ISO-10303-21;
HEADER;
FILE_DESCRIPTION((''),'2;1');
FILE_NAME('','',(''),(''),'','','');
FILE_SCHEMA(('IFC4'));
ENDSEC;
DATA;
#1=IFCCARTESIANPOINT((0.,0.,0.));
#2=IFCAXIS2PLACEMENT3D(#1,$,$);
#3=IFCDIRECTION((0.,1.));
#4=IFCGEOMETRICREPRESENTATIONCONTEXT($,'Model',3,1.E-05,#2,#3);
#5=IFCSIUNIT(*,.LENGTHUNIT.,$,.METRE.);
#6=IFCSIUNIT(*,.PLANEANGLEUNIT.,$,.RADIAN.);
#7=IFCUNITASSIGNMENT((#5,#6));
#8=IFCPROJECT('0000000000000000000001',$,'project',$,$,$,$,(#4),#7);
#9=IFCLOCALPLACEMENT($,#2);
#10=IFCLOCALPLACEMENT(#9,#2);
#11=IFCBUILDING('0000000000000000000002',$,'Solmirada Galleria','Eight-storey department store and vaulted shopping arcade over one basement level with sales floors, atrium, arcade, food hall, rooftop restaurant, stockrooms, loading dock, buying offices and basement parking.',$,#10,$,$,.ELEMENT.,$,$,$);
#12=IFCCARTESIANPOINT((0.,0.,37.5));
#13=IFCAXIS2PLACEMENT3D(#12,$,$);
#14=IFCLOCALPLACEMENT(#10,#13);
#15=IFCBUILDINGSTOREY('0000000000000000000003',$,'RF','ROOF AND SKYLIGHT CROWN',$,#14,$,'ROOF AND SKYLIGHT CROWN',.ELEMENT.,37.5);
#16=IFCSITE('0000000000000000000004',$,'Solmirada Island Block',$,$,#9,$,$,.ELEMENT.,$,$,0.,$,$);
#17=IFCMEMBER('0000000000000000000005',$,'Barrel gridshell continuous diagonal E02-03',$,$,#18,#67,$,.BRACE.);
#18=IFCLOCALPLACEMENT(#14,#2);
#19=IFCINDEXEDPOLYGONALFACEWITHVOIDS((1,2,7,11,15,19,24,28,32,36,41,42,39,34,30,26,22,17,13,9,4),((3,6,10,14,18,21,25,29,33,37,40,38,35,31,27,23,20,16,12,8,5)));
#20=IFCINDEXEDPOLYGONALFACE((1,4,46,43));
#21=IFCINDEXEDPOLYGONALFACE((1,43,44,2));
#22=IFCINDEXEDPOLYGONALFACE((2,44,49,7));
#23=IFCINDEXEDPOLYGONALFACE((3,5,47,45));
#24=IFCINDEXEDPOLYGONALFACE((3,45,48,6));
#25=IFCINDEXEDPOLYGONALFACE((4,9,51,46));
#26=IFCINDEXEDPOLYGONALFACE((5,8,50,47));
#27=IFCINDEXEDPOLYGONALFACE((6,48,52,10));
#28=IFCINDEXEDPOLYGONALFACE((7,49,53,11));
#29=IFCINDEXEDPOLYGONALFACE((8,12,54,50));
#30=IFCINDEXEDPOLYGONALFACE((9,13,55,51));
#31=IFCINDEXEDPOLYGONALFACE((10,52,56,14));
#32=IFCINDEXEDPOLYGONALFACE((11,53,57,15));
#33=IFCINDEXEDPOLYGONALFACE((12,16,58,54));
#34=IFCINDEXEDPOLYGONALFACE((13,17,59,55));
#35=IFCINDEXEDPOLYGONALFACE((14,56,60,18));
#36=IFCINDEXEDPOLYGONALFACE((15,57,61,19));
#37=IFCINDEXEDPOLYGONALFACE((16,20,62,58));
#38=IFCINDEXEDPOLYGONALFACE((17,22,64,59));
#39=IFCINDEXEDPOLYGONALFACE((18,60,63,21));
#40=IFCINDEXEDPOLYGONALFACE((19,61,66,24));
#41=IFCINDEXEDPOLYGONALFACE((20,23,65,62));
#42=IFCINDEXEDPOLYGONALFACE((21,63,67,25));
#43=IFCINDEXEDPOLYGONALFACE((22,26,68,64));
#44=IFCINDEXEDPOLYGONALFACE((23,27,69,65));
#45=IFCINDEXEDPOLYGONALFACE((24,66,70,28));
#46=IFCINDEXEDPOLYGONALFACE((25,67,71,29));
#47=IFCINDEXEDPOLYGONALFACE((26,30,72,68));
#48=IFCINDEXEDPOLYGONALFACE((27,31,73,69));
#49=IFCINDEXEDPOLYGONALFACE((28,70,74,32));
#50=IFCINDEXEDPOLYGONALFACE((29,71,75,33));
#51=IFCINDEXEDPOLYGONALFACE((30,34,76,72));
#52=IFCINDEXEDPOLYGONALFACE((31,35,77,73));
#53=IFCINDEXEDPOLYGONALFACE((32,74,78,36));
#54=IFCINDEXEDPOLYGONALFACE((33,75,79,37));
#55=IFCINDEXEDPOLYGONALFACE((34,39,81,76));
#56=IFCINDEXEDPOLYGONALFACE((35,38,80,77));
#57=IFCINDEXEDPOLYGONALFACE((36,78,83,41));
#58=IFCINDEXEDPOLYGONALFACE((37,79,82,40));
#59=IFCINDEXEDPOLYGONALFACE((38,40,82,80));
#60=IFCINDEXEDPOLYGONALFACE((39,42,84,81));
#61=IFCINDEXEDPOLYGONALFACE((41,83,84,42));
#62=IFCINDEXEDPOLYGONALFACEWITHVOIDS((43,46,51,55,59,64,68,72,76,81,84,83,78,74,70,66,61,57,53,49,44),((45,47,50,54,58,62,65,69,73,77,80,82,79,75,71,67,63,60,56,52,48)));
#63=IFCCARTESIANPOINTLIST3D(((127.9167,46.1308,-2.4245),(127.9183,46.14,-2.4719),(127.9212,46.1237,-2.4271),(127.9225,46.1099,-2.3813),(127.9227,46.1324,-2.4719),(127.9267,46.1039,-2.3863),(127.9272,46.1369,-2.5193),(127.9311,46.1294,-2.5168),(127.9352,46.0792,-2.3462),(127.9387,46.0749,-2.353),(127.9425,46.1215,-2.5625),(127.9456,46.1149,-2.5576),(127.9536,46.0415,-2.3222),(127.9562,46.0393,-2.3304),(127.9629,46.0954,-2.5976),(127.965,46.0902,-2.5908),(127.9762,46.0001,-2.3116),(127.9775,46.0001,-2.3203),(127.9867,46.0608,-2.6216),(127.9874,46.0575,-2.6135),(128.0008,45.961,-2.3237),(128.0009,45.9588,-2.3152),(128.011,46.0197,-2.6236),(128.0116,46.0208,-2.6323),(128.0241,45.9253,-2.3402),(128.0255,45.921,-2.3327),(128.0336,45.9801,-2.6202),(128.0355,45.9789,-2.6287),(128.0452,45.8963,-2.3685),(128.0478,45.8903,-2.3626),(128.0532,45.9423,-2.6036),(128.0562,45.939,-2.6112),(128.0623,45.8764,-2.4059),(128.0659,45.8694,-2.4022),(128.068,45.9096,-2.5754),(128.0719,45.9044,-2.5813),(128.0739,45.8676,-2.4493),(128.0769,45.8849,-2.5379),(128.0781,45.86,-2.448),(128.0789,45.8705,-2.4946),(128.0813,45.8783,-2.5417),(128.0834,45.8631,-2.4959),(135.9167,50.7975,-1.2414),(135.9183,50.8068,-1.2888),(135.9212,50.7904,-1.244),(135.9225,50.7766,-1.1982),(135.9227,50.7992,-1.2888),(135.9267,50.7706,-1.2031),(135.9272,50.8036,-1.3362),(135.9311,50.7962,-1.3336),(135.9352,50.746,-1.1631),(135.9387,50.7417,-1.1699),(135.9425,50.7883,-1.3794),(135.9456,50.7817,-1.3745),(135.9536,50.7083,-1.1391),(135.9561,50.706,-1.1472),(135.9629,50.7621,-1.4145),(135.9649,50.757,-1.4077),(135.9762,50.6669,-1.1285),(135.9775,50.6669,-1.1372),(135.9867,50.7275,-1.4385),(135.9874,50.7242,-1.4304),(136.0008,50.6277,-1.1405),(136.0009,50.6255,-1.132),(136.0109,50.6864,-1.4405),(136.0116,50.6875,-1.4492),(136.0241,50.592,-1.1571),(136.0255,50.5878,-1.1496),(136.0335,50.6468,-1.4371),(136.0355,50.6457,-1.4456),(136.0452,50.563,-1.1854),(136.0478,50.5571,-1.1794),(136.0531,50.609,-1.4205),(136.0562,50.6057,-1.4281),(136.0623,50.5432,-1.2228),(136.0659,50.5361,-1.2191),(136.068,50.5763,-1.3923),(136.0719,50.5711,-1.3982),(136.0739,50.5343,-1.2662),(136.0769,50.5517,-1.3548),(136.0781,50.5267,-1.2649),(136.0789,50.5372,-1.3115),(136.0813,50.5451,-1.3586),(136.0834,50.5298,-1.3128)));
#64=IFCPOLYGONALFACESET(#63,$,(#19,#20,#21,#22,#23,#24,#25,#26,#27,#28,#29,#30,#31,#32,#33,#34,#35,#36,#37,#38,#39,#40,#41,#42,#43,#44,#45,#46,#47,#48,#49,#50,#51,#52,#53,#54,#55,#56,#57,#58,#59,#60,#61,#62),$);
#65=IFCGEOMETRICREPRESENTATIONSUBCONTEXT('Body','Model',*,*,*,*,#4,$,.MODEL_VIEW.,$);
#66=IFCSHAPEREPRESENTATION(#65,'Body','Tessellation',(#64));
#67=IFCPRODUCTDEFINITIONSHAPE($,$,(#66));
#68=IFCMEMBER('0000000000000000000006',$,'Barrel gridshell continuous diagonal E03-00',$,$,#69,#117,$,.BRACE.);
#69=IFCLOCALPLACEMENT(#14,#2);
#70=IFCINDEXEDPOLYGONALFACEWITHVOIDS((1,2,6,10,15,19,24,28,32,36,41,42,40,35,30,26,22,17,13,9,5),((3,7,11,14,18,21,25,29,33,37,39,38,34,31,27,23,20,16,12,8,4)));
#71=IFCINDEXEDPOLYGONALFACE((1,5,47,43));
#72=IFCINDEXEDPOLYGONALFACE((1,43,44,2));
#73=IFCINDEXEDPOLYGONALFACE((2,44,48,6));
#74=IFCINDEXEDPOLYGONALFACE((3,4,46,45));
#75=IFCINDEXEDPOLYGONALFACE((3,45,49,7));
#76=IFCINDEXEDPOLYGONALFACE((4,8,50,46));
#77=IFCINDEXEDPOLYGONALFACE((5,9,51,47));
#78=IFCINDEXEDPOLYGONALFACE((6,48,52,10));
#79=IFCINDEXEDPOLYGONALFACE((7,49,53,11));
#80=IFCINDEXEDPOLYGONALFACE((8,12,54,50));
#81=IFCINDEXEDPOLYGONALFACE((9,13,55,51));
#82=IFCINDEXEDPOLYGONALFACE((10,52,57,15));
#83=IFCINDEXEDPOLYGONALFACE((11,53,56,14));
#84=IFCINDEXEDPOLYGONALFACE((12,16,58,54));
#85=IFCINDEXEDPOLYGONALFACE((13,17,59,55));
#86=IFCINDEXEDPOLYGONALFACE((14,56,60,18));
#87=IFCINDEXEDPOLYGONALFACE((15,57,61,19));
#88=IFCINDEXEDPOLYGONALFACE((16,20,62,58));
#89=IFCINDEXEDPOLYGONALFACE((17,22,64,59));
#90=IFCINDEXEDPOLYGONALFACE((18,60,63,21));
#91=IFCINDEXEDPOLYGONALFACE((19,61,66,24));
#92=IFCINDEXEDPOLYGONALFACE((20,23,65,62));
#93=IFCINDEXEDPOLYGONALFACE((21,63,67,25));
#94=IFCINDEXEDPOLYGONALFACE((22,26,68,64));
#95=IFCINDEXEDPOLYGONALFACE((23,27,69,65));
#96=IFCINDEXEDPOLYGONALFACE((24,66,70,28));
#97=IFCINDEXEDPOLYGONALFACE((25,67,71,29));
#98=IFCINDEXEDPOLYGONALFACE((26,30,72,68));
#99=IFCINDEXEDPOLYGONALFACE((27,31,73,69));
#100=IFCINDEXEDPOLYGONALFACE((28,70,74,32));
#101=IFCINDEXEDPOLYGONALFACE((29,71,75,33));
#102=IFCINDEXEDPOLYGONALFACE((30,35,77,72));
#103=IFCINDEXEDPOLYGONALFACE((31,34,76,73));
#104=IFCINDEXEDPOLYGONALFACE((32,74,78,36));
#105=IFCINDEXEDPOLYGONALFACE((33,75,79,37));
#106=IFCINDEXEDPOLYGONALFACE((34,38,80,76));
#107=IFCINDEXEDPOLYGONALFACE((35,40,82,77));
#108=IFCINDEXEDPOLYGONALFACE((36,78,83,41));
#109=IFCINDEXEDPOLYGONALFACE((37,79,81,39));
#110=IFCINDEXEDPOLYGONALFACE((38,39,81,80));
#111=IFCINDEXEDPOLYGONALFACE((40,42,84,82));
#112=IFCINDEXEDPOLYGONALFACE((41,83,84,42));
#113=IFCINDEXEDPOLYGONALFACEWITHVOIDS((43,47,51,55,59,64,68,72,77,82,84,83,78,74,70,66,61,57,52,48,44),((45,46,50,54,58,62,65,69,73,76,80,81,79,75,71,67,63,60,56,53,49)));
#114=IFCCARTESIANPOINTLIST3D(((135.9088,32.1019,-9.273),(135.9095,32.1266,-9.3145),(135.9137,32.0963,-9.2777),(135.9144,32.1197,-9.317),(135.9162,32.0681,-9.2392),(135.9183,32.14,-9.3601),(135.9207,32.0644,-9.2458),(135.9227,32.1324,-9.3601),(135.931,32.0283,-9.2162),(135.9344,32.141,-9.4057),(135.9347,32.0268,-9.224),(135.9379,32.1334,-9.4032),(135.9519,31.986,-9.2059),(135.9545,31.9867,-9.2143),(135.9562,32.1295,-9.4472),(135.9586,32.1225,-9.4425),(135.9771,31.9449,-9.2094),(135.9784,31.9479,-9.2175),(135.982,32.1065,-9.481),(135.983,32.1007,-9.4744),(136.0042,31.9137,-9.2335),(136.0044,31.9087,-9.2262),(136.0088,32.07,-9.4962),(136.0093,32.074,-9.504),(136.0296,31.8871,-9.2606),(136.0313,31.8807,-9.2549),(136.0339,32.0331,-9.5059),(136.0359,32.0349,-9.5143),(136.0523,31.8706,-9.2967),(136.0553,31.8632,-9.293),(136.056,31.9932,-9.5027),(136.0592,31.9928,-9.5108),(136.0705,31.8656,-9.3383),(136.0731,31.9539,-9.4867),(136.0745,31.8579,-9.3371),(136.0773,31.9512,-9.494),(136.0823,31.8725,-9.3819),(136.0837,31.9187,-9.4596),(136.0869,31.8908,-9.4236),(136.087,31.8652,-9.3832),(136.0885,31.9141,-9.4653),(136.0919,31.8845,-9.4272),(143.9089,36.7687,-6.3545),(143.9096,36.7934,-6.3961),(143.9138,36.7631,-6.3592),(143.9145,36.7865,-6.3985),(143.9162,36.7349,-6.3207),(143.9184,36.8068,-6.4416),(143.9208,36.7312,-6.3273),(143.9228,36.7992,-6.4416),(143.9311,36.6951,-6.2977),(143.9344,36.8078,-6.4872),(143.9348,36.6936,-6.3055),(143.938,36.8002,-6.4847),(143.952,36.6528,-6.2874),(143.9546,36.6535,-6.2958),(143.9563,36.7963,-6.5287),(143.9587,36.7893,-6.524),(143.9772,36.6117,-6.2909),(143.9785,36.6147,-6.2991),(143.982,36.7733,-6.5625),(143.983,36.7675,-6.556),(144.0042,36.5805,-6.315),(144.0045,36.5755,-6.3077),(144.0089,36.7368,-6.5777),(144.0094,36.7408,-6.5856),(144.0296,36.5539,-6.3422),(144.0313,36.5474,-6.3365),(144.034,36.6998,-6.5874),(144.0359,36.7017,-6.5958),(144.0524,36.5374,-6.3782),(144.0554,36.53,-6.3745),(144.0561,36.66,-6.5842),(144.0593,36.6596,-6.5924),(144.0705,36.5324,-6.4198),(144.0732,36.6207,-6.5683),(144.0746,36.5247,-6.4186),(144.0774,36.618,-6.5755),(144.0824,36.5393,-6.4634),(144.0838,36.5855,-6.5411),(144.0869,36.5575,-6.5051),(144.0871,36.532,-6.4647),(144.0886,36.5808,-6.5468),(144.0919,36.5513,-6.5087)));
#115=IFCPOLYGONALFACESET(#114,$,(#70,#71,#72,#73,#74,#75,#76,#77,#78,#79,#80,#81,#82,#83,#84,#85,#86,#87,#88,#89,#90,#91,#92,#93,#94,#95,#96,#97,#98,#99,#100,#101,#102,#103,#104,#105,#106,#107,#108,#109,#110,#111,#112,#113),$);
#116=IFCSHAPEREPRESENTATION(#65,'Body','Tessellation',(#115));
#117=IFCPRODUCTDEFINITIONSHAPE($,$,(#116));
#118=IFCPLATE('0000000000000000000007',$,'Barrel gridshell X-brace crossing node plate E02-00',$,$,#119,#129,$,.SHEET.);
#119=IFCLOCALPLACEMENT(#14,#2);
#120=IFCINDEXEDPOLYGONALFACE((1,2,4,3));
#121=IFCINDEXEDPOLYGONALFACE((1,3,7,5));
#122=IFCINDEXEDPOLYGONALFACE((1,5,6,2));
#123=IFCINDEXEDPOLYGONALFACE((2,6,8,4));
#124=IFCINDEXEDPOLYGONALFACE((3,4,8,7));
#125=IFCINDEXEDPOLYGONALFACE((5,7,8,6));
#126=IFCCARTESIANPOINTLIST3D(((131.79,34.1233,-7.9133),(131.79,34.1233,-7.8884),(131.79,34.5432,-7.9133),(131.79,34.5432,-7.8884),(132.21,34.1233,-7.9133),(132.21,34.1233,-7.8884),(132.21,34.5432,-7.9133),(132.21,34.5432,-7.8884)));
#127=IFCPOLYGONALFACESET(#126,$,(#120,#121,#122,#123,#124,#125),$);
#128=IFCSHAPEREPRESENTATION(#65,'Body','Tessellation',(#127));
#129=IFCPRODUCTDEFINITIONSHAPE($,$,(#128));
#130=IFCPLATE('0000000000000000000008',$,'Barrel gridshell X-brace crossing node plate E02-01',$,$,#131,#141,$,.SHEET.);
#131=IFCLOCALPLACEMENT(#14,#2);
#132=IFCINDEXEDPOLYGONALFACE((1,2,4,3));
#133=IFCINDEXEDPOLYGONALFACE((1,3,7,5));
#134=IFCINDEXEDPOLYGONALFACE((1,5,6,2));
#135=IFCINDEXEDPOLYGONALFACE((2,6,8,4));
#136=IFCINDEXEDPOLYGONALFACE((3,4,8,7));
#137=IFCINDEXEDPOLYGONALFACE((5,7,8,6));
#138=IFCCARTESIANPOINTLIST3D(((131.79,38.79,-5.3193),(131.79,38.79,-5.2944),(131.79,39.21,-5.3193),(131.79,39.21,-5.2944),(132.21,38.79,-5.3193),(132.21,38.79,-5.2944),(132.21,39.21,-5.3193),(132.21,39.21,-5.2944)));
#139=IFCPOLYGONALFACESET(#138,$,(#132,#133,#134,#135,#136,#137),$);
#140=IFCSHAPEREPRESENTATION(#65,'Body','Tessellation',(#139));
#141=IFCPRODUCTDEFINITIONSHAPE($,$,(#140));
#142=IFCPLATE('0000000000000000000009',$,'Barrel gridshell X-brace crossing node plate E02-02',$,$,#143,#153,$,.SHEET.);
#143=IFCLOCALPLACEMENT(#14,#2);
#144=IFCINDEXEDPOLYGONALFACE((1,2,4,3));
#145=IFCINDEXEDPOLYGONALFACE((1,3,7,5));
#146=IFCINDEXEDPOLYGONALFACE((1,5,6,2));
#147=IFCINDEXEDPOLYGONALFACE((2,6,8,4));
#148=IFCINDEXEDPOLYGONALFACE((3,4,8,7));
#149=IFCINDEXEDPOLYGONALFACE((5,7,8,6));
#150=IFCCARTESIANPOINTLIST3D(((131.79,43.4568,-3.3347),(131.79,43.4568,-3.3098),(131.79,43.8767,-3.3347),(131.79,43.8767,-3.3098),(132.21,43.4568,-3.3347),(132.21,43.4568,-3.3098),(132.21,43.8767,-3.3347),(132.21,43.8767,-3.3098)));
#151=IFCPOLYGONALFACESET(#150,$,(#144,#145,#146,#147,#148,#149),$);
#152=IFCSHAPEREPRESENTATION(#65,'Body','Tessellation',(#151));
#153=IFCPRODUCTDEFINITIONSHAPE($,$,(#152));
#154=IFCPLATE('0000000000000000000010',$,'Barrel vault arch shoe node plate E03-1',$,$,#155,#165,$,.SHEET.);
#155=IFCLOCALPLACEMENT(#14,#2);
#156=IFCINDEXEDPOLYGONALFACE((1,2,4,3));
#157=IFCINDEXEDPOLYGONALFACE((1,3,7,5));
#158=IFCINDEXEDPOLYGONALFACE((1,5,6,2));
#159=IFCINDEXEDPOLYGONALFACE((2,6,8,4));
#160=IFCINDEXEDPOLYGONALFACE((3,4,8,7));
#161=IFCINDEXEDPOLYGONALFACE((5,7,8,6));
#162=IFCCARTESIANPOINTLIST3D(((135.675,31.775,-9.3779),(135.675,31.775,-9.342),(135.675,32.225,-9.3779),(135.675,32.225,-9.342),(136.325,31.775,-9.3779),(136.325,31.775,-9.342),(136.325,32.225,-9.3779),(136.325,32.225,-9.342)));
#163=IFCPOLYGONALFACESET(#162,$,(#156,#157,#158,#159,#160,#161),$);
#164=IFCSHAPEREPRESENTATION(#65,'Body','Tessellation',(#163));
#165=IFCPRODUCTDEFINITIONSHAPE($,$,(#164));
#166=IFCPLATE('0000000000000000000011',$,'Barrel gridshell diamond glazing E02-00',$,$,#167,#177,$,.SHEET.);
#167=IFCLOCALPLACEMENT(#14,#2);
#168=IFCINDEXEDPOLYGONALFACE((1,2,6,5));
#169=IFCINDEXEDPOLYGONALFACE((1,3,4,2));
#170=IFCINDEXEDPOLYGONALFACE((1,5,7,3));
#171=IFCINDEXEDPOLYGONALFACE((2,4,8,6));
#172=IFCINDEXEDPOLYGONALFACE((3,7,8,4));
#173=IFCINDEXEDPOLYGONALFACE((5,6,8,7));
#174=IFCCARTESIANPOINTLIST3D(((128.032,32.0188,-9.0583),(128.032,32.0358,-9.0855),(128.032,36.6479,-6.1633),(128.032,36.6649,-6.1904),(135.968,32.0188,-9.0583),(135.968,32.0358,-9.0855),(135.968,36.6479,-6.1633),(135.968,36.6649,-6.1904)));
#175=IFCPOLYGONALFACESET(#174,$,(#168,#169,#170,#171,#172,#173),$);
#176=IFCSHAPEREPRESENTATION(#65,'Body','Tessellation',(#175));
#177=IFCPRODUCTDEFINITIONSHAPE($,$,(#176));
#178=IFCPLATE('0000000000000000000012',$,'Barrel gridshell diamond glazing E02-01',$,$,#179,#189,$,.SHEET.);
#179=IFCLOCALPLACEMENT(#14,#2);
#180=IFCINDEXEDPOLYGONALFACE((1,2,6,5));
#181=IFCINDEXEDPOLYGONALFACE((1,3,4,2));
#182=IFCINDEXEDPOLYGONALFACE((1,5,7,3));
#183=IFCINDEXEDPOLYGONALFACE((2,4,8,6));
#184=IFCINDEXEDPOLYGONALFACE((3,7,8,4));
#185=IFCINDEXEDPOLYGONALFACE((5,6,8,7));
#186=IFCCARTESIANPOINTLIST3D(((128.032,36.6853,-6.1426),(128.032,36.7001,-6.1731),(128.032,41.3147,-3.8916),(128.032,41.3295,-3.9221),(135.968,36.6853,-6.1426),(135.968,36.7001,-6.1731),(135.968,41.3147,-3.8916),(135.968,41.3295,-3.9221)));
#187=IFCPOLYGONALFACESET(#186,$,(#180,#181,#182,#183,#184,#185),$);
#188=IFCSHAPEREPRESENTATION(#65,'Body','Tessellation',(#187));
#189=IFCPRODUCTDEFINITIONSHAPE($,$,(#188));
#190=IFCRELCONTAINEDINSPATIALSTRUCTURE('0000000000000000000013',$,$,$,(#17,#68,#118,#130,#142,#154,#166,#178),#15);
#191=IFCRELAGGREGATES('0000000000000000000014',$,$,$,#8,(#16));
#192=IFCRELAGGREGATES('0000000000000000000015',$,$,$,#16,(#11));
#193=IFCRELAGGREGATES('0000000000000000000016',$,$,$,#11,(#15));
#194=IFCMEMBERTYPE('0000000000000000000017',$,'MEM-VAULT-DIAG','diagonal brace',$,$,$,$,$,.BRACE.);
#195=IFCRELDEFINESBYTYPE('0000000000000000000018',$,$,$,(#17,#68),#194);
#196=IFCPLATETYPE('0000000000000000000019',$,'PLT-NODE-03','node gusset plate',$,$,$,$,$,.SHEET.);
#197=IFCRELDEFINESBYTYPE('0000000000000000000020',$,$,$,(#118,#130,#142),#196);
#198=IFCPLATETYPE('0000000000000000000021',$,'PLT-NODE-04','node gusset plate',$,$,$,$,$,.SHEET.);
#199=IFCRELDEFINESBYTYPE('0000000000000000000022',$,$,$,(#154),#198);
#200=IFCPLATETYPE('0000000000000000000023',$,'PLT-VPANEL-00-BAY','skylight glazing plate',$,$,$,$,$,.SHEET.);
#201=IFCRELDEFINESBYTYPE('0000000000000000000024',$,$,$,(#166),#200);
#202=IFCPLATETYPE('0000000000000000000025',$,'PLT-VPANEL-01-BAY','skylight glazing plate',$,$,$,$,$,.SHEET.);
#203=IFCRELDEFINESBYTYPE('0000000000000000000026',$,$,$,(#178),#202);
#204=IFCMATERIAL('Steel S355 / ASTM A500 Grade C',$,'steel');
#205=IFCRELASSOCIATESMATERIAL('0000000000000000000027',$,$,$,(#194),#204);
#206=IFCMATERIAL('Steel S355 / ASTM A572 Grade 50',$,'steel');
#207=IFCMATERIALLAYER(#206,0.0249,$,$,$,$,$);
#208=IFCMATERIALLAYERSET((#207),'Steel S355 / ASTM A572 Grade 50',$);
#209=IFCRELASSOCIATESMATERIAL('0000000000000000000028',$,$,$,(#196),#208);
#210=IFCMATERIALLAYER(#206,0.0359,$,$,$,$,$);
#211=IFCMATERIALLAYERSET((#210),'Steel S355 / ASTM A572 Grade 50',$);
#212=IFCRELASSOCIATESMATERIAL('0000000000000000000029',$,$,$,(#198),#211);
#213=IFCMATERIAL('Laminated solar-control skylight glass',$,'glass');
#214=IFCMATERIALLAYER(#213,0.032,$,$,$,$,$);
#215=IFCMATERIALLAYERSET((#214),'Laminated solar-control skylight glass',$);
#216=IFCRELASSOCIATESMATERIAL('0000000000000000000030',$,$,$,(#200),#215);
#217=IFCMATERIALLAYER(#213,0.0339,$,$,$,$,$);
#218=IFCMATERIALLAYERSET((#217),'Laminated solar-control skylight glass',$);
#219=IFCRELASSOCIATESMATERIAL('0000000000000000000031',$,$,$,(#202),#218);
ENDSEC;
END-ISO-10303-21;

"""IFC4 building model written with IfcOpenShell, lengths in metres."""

from ifc_helpers import new_model, si_unit, direction, frame, origin, origin_2d, place, context, subcontext, project, spatial, polyline, rectangle, hollow_circle, outline, extrude, material, layer, layer_set, material_profile, profile_set, type_object, element, save


model = new_model("IFC4")

# Units and contexts
model_context = context("Model", 3, precision=1e-05, world=origin(), true_north=direction((0.0, 1.0)))
body_context = subcontext(model_context, "Body", "Model", "MODEL_VIEW")
ifc_project = project(units=[si_unit("LENGTHUNIT", "METRE"), si_unit("PLANEANGLEUNIT", "RADIAN")], contexts=[model_context])

# Site, building, storey
site_placement = place(None, origin())
site = spatial("IfcSite", under=ifc_project, at=site_placement, Name="Solmirada Island Block", CompositionType="ELEMENT", RefElevation=0.0)
building_placement = place(site_placement, origin())
building = spatial("IfcBuilding", under=site, at=building_placement, Name="Solmirada Galleria", Description="Eight-storey department store and vaulted shopping arcade over one basement level with sales floors, atrium, arcade, food hall, rooftop restaurant, stockrooms, loading dock, buying offices and basement parking.", CompositionType="ELEMENT")
storey_placement = place(building_placement, frame((0.0, 0.0, 37.5)))
storey = spatial("IfcBuildingStorey", under=building, at=storey_placement, Name="RF", Description="ROOF AND SKYLIGHT CROWN", LongName="ROOF AND SKYLIGHT CROWN", CompositionType="ELEMENT", Elevation=37.5)

# Members
ifc_material_1 = material(Name="Steel S355 / ASTM A500 Grade C", Category="steel")
ifc_material_profile_1 = material_profile(ifc_material_1, hollow_circle(Radius=0.1621, WallThickness=0.0088, at=origin_2d()), Name="HSS12.750X0.375")
ifc_profile_set_1 = profile_set([ifc_material_profile_1], Name="Steel S355 / ASTM A500 Grade C")
member_type_1 = type_object("IfcMemberType", Name="MEM-VAULT-DIAG", Description="diagonal brace", PredefinedType="BRACE", material=ifc_profile_set_1)
member_1_placement = place(storey_placement, frame((128.0, 46.0, -2.4719), z_axis=(0.856813, 0.499816, 0.126712), x_axis=(-0.503878, 0.863775, 0.0)))
element("IfcMember", 1, at=member_1_placement, inside=storey, type_object=member_type_1, Name="Barrel gridshell continuous diagonal E02-03", PredefinedType="BRACE", context=body_context, shape_type="SweptSolid", body=[
    extrude(hollow_circle(Radius=0.1621, WallThickness=0.0088, at=origin_2d()), origin(), (0.0, 0.0, 1.0), 9.3369),
])
member_2_placement = place(storey_placement, frame((136.0, 32.0, -9.3601), z_axis=(0.823841, 0.480582, 0.300543), x_axis=(-0.503878, 0.863775, 0.0)))
element("IfcMember", 2, at=member_2_placement, inside=storey, type_object=member_type_1, Name="Barrel gridshell continuous diagonal E03-00", PredefinedType="BRACE", context=body_context, shape_type="SweptSolid", body=[
    extrude(hollow_circle(Radius=0.1621, WallThickness=0.0088, at=origin_2d()), origin(), (0.0, 0.0, 1.0), 9.7107),
])

# Plates
ifc_material_2 = material(Name="Steel S355 / ASTM A572 Grade 50", Category="steel")
ifc_layer_1 = layer(ifc_material_2, 0.0249)
ifc_layer_set_1 = layer_set([ifc_layer_1], Name="Steel S355 / ASTM A572 Grade 50")
plate_type_1 = type_object("IfcPlateType", Name="PLT-NODE-03", Description="node gusset plate", PredefinedType="SHEET", material=ifc_layer_set_1)
for number, where, z_axis, x_axis, name in (
    (3, (132.0, 34.3333, -7.9133), (0.0, 0.0, 1.0), (1.0, 0.0, 0.0), "Barrel gridshell X-brace crossing node plate E02-00"),
    (4, (132.0, 39.0, -5.3193), (0.0, 0.0, 1.0), (1.0, 0.0, 0.0), "Barrel gridshell X-brace crossing node plate E02-01"),
    (5, (132.0, 43.6667, -3.3347), (0.0, 0.0, 1.0), (1.0, 0.0, 0.0), "Barrel gridshell X-brace crossing node plate E02-02"),
):
    element("IfcPlate", number, at=place(storey_placement, frame(where, z_axis=z_axis, x_axis=x_axis)), inside=storey, type_object=plate_type_1, Name=name, PredefinedType="SHEET", context=body_context, shape_type="SweptSolid", body=[
        extrude(rectangle(XDim=0.4199, YDim=0.4199, at=origin_2d()), origin(), (0.0, 0.0, 1.0), 0.0249),
    ])
ifc_layer_2 = layer(ifc_material_2, 0.0359)
ifc_layer_set_2 = layer_set([ifc_layer_2], Name="Steel S355 / ASTM A572 Grade 50")
plate_type_2 = type_object("IfcPlateType", Name="PLT-NODE-04", Description="node gusset plate", PredefinedType="SHEET", material=ifc_layer_set_2)
plate_1_placement = place(storey_placement, frame((136.0, 32.0, -9.3779), z_axis=(0.0, 0.0, 1.0), x_axis=(1.0, 0.0, 0.0)))
element("IfcPlate", 6, at=plate_1_placement, inside=storey, type_object=plate_type_2, Name="Barrel vault arch shoe node plate E03-1", PredefinedType="SHEET", context=body_context, shape_type="SweptSolid", body=[
    extrude(rectangle(XDim=0.6499, YDim=0.45, at=origin_2d()), origin(), (0.0, 0.0, 1.0), 0.0359),
])
ifc_material_3 = material(Name="Laminated solar-control skylight glass", Category="glass")
ifc_layer_3 = layer(ifc_material_3, 0.032)
ifc_layer_set_3 = layer_set([ifc_layer_3], Name="Laminated solar-control skylight glass")
plate_type_3 = type_object("IfcPlateType", Name="PLT-VPANEL-00-BAY", Description="skylight glazing plate", PredefinedType="SHEET", material=ifc_layer_set_3)
plate_2_placement = place(storey_placement, frame((128.032, 32.0188, -9.0583), z_axis=(0.0, -0.530236, 0.84785), x_axis=(1.0, 0.0, 0.0)))
element("IfcPlate", 7, at=plate_2_placement, inside=storey, type_object=plate_type_3, Name="Barrel gridshell diamond glazing E02-00", PredefinedType="SHEET", context=body_context, shape_type="SweptSolid", body=[
    extrude(outline(polyline([(0.0, 0.0), (7.936, 0.0), (7.936, 5.4599), (0.0, 5.4599), (0.0, 0.0)])), origin(), (0.0, 0.0, -1.0), 0.032),
])
ifc_layer_4 = layer(ifc_material_3, 0.0339)
ifc_layer_set_4 = layer_set([ifc_layer_4], Name="Laminated solar-control skylight glass")
plate_type_4 = type_object("IfcPlateType", Name="PLT-VPANEL-01-BAY", Description="skylight glazing plate", PredefinedType="SHEET", material=ifc_layer_set_4)
plate_3_placement = place(storey_placement, frame((128.032, 36.6853, -6.1426), z_axis=(0.0, -0.437283, 0.899324), x_axis=(1.0, 0.0, 0.0)))
element("IfcPlate", 8, at=plate_3_placement, inside=storey, type_object=plate_type_4, Name="Barrel gridshell diamond glazing E02-01", PredefinedType="SHEET", context=body_context, shape_type="SweptSolid", body=[
    extrude(outline(polyline([(0.0, 0.0), (7.936, 0.0), (7.936, 5.1476), (0.0, 5.1476), (0.0, 0.0)])), origin(), (0.0, 0.0, -1.0), 0.0339),
])

save(model, "model.ifc")
